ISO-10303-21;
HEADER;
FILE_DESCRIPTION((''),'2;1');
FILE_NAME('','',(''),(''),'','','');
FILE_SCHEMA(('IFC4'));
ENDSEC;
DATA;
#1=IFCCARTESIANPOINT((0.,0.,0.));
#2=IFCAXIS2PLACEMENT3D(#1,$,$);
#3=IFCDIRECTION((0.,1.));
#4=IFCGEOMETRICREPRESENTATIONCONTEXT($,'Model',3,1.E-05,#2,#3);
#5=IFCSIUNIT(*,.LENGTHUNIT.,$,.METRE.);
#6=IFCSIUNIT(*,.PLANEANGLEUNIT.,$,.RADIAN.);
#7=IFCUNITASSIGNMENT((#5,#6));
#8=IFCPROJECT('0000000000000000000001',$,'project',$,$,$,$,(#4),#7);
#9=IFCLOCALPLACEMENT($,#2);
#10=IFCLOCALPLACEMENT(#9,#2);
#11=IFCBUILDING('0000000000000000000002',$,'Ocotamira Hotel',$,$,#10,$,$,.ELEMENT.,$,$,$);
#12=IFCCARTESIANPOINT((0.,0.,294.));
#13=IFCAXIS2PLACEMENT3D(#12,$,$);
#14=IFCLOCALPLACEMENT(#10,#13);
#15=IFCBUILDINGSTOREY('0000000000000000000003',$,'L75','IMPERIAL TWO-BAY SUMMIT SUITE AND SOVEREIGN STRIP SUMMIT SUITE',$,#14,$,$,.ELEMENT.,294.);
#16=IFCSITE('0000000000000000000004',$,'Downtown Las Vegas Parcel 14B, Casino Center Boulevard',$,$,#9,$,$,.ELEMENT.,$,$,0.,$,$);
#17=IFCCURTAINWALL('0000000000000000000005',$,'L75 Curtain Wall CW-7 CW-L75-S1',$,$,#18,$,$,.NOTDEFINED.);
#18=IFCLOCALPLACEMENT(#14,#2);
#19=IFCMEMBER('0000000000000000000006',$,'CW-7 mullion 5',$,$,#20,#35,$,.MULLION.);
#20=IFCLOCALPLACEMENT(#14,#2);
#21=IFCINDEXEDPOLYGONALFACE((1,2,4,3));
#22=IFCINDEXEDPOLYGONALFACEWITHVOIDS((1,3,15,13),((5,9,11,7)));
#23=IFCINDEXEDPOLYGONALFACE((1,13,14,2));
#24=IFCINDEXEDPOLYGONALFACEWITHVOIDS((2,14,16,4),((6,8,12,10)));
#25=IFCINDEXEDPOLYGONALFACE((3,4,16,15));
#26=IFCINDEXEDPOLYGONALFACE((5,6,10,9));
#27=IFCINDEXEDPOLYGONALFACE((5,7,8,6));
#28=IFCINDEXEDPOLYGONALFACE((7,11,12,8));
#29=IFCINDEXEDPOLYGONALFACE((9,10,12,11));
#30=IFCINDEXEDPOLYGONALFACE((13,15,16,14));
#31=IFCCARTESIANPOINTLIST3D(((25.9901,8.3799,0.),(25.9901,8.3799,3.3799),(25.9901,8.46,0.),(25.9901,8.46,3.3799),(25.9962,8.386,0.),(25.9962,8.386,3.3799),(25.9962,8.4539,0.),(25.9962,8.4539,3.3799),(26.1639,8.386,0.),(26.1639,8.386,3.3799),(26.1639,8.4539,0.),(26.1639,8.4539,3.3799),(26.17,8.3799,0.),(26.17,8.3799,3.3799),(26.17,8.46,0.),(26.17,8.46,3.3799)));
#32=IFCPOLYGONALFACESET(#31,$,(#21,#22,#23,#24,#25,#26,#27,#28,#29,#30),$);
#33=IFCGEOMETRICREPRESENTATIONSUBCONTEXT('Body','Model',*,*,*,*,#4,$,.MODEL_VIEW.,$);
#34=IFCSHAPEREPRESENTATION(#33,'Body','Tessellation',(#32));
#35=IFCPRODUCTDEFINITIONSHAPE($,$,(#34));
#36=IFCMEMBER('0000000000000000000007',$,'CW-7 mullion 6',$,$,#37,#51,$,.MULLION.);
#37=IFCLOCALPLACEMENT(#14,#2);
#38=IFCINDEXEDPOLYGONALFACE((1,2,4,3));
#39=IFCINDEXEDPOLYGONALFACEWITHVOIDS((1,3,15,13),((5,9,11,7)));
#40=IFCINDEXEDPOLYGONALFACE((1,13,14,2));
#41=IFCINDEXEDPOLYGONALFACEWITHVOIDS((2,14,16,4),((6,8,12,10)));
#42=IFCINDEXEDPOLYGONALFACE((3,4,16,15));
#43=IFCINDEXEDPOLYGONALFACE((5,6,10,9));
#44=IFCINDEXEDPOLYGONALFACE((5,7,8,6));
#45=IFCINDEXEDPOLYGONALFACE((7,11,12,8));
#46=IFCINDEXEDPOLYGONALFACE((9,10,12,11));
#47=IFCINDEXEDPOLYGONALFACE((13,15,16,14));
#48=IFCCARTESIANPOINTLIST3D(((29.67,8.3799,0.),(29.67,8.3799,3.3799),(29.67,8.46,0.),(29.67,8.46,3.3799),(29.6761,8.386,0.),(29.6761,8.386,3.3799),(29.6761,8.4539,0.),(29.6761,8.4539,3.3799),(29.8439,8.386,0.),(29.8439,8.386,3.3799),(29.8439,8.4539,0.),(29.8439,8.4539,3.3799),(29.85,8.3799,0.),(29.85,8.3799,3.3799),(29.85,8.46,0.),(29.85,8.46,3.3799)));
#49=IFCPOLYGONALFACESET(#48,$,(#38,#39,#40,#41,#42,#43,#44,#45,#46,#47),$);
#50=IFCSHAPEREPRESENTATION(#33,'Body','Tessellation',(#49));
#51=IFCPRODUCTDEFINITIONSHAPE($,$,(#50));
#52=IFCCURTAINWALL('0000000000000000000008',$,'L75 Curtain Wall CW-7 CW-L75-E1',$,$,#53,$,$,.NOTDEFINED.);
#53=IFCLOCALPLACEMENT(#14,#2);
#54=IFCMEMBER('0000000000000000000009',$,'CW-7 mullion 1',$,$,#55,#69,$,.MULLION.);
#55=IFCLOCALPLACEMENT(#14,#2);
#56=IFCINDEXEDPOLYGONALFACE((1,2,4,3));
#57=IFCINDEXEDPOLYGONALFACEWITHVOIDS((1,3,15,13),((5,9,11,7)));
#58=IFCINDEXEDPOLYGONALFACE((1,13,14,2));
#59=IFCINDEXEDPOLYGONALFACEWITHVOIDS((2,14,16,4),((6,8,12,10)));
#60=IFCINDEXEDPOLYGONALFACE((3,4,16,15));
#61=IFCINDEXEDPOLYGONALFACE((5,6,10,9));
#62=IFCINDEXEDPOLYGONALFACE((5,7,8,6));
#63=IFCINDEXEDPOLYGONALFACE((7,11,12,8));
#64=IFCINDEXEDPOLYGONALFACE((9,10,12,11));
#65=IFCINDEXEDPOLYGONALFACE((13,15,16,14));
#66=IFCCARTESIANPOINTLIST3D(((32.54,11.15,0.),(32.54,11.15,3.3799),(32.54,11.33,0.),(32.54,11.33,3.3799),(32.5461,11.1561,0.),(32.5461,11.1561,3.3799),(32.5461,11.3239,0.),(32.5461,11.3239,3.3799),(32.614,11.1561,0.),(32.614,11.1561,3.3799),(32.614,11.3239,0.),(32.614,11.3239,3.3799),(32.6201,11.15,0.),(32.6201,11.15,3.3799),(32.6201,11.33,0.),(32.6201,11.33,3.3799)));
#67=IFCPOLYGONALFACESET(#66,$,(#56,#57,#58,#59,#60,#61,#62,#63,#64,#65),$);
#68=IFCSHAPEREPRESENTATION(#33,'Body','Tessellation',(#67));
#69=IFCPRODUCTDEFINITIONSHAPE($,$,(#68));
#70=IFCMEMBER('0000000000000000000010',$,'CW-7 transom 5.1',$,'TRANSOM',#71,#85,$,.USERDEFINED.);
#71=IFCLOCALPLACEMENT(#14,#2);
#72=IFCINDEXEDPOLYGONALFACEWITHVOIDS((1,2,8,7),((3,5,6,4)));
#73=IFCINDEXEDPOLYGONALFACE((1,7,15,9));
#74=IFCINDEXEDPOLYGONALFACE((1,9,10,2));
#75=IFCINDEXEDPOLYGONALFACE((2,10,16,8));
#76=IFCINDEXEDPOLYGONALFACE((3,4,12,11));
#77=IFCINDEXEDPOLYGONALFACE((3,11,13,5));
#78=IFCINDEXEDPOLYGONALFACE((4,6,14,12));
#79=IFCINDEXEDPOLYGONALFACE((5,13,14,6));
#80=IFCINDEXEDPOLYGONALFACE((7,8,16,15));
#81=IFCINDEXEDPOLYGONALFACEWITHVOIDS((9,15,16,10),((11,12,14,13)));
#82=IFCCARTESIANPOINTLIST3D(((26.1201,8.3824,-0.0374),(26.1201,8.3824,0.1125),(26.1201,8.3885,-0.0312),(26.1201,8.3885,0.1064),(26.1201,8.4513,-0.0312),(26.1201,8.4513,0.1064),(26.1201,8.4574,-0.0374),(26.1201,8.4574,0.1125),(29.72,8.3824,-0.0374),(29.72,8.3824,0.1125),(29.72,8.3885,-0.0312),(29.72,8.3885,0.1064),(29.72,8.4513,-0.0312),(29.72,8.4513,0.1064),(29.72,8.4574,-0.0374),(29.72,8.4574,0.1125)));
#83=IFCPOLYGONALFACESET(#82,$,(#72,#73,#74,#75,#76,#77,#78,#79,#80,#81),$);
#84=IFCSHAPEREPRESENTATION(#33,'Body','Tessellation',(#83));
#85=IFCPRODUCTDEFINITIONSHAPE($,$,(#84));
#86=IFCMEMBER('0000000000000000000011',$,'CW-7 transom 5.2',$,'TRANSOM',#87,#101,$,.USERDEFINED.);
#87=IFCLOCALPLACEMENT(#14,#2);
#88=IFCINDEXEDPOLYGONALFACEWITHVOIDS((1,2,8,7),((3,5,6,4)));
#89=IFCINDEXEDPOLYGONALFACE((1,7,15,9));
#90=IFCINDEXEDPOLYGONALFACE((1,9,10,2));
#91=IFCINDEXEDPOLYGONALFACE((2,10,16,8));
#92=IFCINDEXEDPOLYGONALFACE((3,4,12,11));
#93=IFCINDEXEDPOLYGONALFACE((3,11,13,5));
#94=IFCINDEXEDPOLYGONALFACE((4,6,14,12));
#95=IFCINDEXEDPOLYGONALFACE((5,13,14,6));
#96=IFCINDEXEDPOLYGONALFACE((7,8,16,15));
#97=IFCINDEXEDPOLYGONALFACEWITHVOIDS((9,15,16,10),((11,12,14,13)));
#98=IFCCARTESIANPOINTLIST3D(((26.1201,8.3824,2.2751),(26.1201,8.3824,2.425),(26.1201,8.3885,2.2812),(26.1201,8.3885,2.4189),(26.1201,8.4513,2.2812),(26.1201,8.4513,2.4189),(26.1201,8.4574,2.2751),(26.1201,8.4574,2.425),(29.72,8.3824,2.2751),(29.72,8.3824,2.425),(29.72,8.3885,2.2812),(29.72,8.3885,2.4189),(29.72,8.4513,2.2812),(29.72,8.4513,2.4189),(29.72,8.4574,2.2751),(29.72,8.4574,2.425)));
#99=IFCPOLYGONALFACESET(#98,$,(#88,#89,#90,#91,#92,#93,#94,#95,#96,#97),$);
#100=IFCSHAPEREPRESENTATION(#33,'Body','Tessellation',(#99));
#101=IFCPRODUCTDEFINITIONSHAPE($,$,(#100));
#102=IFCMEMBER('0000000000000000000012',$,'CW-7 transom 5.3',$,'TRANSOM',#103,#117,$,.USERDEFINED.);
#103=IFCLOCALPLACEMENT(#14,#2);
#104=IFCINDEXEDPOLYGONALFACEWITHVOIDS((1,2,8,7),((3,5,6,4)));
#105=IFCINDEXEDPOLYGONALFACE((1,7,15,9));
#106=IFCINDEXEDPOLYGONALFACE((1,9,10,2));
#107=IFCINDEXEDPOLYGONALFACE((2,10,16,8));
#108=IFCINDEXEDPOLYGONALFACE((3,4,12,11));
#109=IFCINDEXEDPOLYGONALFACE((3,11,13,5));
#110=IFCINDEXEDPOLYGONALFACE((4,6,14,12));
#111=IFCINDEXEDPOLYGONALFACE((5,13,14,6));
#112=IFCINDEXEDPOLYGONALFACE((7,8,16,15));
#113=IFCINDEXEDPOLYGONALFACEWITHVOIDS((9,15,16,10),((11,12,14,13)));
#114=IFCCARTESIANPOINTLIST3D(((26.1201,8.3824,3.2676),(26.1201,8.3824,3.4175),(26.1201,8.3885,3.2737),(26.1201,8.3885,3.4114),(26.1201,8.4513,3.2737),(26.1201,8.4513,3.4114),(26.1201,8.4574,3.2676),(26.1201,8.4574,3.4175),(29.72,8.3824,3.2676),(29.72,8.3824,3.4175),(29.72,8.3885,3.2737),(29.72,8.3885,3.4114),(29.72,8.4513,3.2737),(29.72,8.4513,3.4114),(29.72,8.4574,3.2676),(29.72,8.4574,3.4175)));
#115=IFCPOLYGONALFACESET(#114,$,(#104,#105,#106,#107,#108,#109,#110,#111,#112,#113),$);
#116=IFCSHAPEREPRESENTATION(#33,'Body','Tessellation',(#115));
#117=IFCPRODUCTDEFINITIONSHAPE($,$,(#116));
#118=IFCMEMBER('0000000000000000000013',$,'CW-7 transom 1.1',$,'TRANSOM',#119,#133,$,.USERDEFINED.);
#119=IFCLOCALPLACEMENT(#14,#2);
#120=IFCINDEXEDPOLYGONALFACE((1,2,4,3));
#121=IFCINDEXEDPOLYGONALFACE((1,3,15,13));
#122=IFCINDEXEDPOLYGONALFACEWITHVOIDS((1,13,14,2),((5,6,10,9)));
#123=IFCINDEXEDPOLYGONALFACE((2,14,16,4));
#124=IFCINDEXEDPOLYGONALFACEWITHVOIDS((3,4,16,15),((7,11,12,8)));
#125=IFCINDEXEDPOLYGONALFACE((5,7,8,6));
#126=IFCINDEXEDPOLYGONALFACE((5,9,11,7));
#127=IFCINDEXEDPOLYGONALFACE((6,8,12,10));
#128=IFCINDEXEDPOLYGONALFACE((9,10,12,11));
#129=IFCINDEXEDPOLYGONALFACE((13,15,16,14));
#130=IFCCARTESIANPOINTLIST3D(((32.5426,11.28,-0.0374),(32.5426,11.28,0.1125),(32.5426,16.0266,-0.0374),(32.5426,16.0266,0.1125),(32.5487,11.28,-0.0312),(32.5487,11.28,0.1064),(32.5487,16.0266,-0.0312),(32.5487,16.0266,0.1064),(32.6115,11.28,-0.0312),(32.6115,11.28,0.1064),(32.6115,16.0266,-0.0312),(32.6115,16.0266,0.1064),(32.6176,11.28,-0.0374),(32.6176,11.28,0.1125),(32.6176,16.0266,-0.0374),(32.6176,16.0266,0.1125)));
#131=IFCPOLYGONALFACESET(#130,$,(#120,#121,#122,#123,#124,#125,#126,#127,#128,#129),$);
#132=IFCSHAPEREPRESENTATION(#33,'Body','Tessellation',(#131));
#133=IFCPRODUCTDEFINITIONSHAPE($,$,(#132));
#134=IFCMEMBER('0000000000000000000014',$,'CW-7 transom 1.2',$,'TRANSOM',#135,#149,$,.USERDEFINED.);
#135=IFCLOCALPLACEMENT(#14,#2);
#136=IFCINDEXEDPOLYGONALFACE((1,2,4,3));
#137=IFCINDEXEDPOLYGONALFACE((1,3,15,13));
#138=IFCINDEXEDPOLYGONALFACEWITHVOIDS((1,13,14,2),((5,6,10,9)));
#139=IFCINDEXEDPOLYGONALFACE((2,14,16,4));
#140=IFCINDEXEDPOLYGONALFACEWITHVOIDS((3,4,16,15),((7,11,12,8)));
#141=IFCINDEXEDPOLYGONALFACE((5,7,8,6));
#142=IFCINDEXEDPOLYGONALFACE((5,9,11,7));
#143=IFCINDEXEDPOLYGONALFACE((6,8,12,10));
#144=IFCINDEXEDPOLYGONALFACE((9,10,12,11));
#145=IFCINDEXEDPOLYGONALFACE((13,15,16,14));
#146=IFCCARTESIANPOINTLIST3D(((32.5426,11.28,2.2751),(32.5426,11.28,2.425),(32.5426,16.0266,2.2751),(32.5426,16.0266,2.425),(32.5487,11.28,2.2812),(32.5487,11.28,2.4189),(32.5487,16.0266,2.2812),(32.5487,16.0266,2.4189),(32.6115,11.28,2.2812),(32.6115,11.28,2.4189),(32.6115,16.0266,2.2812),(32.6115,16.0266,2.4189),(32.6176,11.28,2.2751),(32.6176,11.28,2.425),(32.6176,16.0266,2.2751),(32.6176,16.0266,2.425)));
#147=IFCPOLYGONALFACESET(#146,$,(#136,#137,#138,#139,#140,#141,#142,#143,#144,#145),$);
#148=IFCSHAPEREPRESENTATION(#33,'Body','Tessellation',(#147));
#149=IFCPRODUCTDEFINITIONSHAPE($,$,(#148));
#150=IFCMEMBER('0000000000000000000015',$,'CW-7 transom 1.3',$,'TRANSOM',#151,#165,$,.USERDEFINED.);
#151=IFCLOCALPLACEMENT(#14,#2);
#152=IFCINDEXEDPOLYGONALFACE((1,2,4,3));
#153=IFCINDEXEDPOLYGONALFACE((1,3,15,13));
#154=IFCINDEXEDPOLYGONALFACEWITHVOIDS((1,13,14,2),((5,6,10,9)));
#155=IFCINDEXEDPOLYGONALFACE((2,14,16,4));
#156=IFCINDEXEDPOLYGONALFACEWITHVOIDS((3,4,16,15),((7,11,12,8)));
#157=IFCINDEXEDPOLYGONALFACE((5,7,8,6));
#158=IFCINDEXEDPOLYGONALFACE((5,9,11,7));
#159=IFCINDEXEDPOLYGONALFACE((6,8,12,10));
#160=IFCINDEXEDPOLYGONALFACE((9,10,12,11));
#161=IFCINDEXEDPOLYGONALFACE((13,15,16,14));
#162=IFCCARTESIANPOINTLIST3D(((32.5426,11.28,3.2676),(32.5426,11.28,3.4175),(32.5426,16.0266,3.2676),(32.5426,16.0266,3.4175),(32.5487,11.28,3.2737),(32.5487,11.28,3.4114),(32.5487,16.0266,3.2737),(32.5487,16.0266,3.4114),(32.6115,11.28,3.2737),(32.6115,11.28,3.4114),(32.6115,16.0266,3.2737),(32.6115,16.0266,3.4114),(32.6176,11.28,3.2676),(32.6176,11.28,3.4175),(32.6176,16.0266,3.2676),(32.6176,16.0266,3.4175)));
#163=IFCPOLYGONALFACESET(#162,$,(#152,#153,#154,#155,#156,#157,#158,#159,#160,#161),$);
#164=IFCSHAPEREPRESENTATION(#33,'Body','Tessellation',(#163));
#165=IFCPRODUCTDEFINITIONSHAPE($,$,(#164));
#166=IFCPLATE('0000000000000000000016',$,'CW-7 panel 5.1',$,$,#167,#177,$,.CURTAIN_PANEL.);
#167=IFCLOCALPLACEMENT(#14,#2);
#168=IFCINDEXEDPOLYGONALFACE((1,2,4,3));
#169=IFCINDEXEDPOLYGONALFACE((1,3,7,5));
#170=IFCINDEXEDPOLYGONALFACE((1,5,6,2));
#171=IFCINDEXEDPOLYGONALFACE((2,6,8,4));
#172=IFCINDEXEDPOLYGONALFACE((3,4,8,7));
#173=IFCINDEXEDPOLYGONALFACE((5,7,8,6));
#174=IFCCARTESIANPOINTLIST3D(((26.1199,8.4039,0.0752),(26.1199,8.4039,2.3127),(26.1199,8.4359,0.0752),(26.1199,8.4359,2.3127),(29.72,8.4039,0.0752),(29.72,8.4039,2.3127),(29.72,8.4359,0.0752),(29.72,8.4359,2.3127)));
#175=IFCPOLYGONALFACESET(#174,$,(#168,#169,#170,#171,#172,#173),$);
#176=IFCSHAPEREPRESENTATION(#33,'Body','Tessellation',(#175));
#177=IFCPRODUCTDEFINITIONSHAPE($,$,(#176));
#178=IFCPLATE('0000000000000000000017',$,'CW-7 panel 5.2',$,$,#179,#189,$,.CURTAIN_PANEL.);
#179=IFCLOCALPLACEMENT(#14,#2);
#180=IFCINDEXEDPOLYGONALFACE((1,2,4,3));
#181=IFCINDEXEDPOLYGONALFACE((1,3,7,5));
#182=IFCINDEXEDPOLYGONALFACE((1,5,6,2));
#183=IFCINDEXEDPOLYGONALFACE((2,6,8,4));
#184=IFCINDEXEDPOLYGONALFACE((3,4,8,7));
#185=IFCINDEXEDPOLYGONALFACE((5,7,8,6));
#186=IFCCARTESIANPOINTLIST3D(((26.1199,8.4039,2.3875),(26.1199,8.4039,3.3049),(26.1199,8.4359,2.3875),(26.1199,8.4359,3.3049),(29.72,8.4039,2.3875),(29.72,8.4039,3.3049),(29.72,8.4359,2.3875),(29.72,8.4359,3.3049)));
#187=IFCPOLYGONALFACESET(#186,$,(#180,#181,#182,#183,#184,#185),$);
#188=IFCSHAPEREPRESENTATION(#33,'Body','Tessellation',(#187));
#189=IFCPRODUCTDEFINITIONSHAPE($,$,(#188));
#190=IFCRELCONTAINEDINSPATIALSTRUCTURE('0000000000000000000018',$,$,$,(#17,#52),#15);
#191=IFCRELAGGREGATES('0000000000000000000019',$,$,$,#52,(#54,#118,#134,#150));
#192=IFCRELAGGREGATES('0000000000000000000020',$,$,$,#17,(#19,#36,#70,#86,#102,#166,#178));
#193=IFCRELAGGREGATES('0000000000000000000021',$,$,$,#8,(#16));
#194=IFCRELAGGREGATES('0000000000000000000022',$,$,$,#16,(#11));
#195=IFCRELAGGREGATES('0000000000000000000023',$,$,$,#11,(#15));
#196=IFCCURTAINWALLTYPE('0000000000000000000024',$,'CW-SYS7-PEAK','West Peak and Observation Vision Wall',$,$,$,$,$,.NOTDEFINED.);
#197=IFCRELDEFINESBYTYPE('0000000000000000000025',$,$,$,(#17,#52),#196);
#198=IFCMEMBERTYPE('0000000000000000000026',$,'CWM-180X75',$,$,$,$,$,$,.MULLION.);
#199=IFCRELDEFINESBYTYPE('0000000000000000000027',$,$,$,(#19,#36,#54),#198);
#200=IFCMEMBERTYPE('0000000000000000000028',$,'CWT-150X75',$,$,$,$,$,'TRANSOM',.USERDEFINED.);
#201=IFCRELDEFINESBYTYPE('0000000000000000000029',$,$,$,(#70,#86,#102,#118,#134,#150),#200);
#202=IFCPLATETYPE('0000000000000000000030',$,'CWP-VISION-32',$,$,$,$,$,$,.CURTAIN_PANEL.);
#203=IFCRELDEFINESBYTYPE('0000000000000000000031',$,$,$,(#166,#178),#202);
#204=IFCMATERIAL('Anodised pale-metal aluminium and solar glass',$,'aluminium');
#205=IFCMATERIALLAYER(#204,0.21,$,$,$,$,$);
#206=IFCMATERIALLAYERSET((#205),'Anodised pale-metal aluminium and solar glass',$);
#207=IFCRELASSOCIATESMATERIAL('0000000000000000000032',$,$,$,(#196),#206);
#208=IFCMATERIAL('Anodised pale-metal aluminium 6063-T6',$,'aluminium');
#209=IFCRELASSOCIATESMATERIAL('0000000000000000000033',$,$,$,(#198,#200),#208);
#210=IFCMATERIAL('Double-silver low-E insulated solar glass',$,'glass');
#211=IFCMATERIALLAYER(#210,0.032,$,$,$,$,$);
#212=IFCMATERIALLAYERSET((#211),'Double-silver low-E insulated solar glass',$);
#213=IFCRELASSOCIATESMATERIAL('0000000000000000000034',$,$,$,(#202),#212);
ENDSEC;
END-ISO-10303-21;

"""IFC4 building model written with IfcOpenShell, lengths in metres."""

from ifc_helpers import new_model, si_unit, direction, frame, origin, origin_2d, place, context, subcontext, project, spatial, rectangle, hollow_rectangle, extrude, source, transform, mapped, material, layer, layer_set, material_profile, profile_set, type_object, element, aggregate, save


model = new_model("IFC4")

# Units and contexts
model_context = context("Model", 3, precision=1e-05, world=origin(), true_north=direction((0.0, 1.0)))
body_context = subcontext(model_context, "Body", "Model", "MODEL_VIEW")
ifc_project = project(units=[si_unit("LENGTHUNIT", "METRE"), si_unit("PLANEANGLEUNIT", "RADIAN")], contexts=[model_context])

# Site, building, storey
site_placement = place(None, origin())
site = spatial("IfcSite", under=ifc_project, at=site_placement, Name="Downtown Las Vegas Parcel 14B, Casino Center Boulevard", CompositionType="ELEMENT", RefElevation=0.0)
building_placement = place(site_placement, origin())
building = spatial("IfcBuilding", under=site, at=building_placement, Name="Ocotamira Hotel", CompositionType="ELEMENT")
storey_placement = place(building_placement, frame((0.0, 0.0, 294.0)))
storey = spatial("IfcBuildingStorey", under=building, at=storey_placement, Name="L75", Description="IMPERIAL TWO-BAY SUMMIT SUITE AND SOVEREIGN STRIP SUMMIT SUITE", CompositionType="ELEMENT", Elevation=294.0)

# Curtain wall, members
ifc_material_1 = material(Name="Anodised pale-metal aluminium and solar glass", Category="aluminium")
ifc_layer_1 = layer(ifc_material_1, 0.21)
ifc_layer_set_1 = layer_set([ifc_layer_1], Name="Anodised pale-metal aluminium and solar glass")
curtain_wall_type = type_object("IfcCurtainWallType", Name="CW-SYS7-PEAK", Description="West Peak and Observation Vision Wall", PredefinedType="NOTDEFINED", material=ifc_layer_set_1)
curtain_wall_1_placement = place(storey_placement, origin())
curtain_wall_1 = element("IfcCurtainWall", 1, at=curtain_wall_1_placement, inside=storey, type_object=curtain_wall_type, Name="L75 Curtain Wall CW-7 CW-L75-S1", PredefinedType="NOTDEFINED")
ifc_material_2 = material(Name="Anodised pale-metal aluminium 6063-T6", Category="aluminium")
ifc_material_profile_1 = material_profile(ifc_material_2, hollow_rectangle(XDim=0.0801, YDim=0.1799, WallThickness=0.0061, at=origin_2d()), Name="HSS180X80X6")
ifc_profile_set_1 = profile_set([ifc_material_profile_1], Name="Anodised pale-metal aluminium 6063-T6")
member_type_1 = type_object("IfcMemberType", Name="CWM-180X75", PredefinedType="MULLION", material=ifc_profile_set_1)
shared_shape_1 = source(origin(), body_context, "Body", "SweptSolid", [
    extrude(hollow_rectangle(XDim=0.0801, YDim=0.1799, WallThickness=0.0061, at=origin_2d()), origin(), (0.0, 0.0, 1.0), 3.3799),
])
member_1_placement = place(storey_placement, frame((26.0801, 8.4199, 0.0), z_axis=(0.0, 0.0, 1.0), x_axis=(0.0, 1.0, 0.0)))
member_1 = element("IfcMember", 2, at=member_1_placement, type_object=member_type_1, Name="CW-7 mullion 5", PredefinedType="MULLION", context=body_context, shape_type="MappedRepresentation", body=[
    mapped(shared_shape_1, transform((0.0, 0.0, 0.0), scale=1.0)),
])
member_2_placement = place(storey_placement, frame((29.76, 8.4199, 0.0), z_axis=(0.0, 0.0, 1.0), x_axis=(0.0, 1.0, 0.0)))
member_2 = element("IfcMember", 3, at=member_2_placement, type_object=member_type_1, Name="CW-7 mullion 6", PredefinedType="MULLION", context=body_context, shape_type="MappedRepresentation", body=[
    mapped(shared_shape_1, transform((0.0, 0.0, 0.0), scale=1.0)),
])

# Curtain wall, member
curtain_wall_2_placement = place(storey_placement, origin())
curtain_wall_2 = element("IfcCurtainWall", 4, at=curtain_wall_2_placement, inside=storey, type_object=curtain_wall_type, Name="L75 Curtain Wall CW-7 CW-L75-E1", PredefinedType="NOTDEFINED")
member_3_placement = place(storey_placement, frame((32.5801, 11.24, 0.0), z_axis=(0.0, 0.0, 1.0), x_axis=(-1.0, 0.0, 0.0)))
member_3 = element("IfcMember", 5, at=member_3_placement, type_object=member_type_1, Name="CW-7 mullion 1", PredefinedType="MULLION", context=body_context, shape_type="MappedRepresentation", body=[
    mapped(shared_shape_1, transform((0.0, 0.0, 0.0), scale=1.0)),
])

# Members
ifc_material_profile_2 = material_profile(ifc_material_2, hollow_rectangle(XDim=0.075, YDim=0.1499, WallThickness=0.0061, at=origin_2d()), Name="HSS150X75X6")
ifc_profile_set_2 = profile_set([ifc_material_profile_2], Name="Anodised pale-metal aluminium 6063-T6")
member_type_2 = type_object("IfcMemberType", Name="CWT-150X75", ElementType="TRANSOM", PredefinedType="USERDEFINED", material=ifc_profile_set_2)
shared_shape_2 = source(origin(), body_context, "Body", "SweptSolid", [
    extrude(hollow_rectangle(XDim=0.075, YDim=0.1499, WallThickness=0.0061, at=origin_2d()), origin(), (0.0, 0.0, 1.0), 3.5999),
])
member_4_placement = place(storey_placement, frame((26.1201, 8.4199, 0.0376), z_axis=(1.0, 0.0, 0.0), x_axis=(0.0, 1.0, 0.0)))
member_4 = element("IfcMember", 6, at=member_4_placement, type_object=member_type_2, Name="CW-7 transom 5.1", ObjectType="TRANSOM", PredefinedType="USERDEFINED", context=body_context, shape_type="MappedRepresentation", body=[
    mapped(shared_shape_2, transform((0.0, 0.0, 0.0), scale=1.0)),
])
member_5_placement = place(storey_placement, frame((26.1201, 8.4199, 2.3501), z_axis=(1.0, 0.0, 0.0), x_axis=(0.0, 1.0, 0.0)))
member_5 = element("IfcMember", 7, at=member_5_placement, type_object=member_type_2, Name="CW-7 transom 5.2", ObjectType="TRANSOM", PredefinedType="USERDEFINED", context=body_context, shape_type="MappedRepresentation", body=[
    mapped(shared_shape_2, transform((0.0, 0.0, 0.0), scale=1.0)),
])
member_6_placement = place(storey_placement, frame((26.1201, 8.4199, 3.3425), z_axis=(1.0, 0.0, 0.0), x_axis=(0.0, 1.0, 0.0)))
member_6 = element("IfcMember", 8, at=member_6_placement, type_object=member_type_2, Name="CW-7 transom 5.3", ObjectType="TRANSOM", PredefinedType="USERDEFINED", context=body_context, shape_type="MappedRepresentation", body=[
    mapped(shared_shape_2, transform((0.0, 0.0, 0.0), scale=1.0)),
])
shared_shape_3 = source(origin(), body_context, "Body", "SweptSolid", [
    extrude(hollow_rectangle(XDim=0.075, YDim=0.1499, WallThickness=0.0061, at=origin_2d()), origin(), (0.0, 0.0, 1.0), 4.7466),
])
member_7_placement = place(storey_placement, frame((32.5801, 11.28, 0.0376), z_axis=(0.0, 1.0, 0.0), x_axis=(-1.0, 0.0, 0.0)))
member_7 = element("IfcMember", 9, at=member_7_placement, type_object=member_type_2, Name="CW-7 transom 1.1", ObjectType="TRANSOM", PredefinedType="USERDEFINED", context=body_context, shape_type="MappedRepresentation", body=[
    mapped(shared_shape_3, transform((0.0, 0.0, 0.0), scale=1.0)),
])
member_8_placement = place(storey_placement, frame((32.5801, 11.28, 2.3501), z_axis=(0.0, 1.0, 0.0), x_axis=(-1.0, 0.0, 0.0)))
member_8 = element("IfcMember", 10, at=member_8_placement, type_object=member_type_2, Name="CW-7 transom 1.2", ObjectType="TRANSOM", PredefinedType="USERDEFINED", context=body_context, shape_type="MappedRepresentation", body=[
    mapped(shared_shape_3, transform((0.0, 0.0, 0.0), scale=1.0)),
])
member_9_placement = place(storey_placement, frame((32.5801, 11.28, 3.3425), z_axis=(0.0, 1.0, 0.0), x_axis=(-1.0, 0.0, 0.0)))
member_9 = element("IfcMember", 11, at=member_9_placement, type_object=member_type_2, Name="CW-7 transom 1.3", ObjectType="TRANSOM", PredefinedType="USERDEFINED", context=body_context, shape_type="MappedRepresentation", body=[
    mapped(shared_shape_3, transform((0.0, 0.0, 0.0), scale=1.0)),
])
aggregate(curtain_wall_2, [member_3, member_7, member_8, member_9])

# Plates
ifc_material_3 = material(Name="Double-silver low-E insulated solar glass", Category="glass")
ifc_layer_2 = layer(ifc_material_3, 0.032)
ifc_layer_set_2 = layer_set([ifc_layer_2], Name="Double-silver low-E insulated solar glass")
plate_type = type_object("IfcPlateType", Name="CWP-VISION-32", PredefinedType="CURTAIN_PANEL", material=ifc_layer_set_2)
shared_shape_4 = source(origin(), body_context, "Body", "SweptSolid", [
    extrude(rectangle(XDim=3.6001, YDim=0.032, at=origin_2d()), origin(), (0.0, 0.0, 1.0), 2.2375),
])
plate_1_placement = place(storey_placement, frame((27.9199, 8.4199, 0.0752), z_axis=(0.0, 0.0, 1.0), x_axis=(1.0, 0.0, 0.0)))
plate_1 = element("IfcPlate", 12, at=plate_1_placement, type_object=plate_type, Name="CW-7 panel 5.1", PredefinedType="CURTAIN_PANEL", context=body_context, shape_type="MappedRepresentation", body=[
    mapped(shared_shape_4, transform((0.0, 0.0, 0.0), scale=1.0)),
])
shared_shape_5 = source(origin(), body_context, "Body", "SweptSolid", [
    extrude(rectangle(XDim=3.6001, YDim=0.032, at=origin_2d()), origin(), (0.0, 0.0, 1.0), 0.9175),
])
plate_2_placement = place(storey_placement, frame((27.9199, 8.4199, 2.3875), z_axis=(0.0, 0.0, 1.0), x_axis=(1.0, 0.0, 0.0)))
plate_2 = element("IfcPlate", 13, at=plate_2_placement, type_object=plate_type, Name="CW-7 panel 5.2", PredefinedType="CURTAIN_PANEL", context=body_context, shape_type="MappedRepresentation", body=[
    mapped(shared_shape_5, transform((0.0, 0.0, 0.0), scale=1.0)),
])
aggregate(curtain_wall_1, [member_1, member_2, member_4, member_5, member_6, plate_1, plate_2])

save(model, "model.ifc")
